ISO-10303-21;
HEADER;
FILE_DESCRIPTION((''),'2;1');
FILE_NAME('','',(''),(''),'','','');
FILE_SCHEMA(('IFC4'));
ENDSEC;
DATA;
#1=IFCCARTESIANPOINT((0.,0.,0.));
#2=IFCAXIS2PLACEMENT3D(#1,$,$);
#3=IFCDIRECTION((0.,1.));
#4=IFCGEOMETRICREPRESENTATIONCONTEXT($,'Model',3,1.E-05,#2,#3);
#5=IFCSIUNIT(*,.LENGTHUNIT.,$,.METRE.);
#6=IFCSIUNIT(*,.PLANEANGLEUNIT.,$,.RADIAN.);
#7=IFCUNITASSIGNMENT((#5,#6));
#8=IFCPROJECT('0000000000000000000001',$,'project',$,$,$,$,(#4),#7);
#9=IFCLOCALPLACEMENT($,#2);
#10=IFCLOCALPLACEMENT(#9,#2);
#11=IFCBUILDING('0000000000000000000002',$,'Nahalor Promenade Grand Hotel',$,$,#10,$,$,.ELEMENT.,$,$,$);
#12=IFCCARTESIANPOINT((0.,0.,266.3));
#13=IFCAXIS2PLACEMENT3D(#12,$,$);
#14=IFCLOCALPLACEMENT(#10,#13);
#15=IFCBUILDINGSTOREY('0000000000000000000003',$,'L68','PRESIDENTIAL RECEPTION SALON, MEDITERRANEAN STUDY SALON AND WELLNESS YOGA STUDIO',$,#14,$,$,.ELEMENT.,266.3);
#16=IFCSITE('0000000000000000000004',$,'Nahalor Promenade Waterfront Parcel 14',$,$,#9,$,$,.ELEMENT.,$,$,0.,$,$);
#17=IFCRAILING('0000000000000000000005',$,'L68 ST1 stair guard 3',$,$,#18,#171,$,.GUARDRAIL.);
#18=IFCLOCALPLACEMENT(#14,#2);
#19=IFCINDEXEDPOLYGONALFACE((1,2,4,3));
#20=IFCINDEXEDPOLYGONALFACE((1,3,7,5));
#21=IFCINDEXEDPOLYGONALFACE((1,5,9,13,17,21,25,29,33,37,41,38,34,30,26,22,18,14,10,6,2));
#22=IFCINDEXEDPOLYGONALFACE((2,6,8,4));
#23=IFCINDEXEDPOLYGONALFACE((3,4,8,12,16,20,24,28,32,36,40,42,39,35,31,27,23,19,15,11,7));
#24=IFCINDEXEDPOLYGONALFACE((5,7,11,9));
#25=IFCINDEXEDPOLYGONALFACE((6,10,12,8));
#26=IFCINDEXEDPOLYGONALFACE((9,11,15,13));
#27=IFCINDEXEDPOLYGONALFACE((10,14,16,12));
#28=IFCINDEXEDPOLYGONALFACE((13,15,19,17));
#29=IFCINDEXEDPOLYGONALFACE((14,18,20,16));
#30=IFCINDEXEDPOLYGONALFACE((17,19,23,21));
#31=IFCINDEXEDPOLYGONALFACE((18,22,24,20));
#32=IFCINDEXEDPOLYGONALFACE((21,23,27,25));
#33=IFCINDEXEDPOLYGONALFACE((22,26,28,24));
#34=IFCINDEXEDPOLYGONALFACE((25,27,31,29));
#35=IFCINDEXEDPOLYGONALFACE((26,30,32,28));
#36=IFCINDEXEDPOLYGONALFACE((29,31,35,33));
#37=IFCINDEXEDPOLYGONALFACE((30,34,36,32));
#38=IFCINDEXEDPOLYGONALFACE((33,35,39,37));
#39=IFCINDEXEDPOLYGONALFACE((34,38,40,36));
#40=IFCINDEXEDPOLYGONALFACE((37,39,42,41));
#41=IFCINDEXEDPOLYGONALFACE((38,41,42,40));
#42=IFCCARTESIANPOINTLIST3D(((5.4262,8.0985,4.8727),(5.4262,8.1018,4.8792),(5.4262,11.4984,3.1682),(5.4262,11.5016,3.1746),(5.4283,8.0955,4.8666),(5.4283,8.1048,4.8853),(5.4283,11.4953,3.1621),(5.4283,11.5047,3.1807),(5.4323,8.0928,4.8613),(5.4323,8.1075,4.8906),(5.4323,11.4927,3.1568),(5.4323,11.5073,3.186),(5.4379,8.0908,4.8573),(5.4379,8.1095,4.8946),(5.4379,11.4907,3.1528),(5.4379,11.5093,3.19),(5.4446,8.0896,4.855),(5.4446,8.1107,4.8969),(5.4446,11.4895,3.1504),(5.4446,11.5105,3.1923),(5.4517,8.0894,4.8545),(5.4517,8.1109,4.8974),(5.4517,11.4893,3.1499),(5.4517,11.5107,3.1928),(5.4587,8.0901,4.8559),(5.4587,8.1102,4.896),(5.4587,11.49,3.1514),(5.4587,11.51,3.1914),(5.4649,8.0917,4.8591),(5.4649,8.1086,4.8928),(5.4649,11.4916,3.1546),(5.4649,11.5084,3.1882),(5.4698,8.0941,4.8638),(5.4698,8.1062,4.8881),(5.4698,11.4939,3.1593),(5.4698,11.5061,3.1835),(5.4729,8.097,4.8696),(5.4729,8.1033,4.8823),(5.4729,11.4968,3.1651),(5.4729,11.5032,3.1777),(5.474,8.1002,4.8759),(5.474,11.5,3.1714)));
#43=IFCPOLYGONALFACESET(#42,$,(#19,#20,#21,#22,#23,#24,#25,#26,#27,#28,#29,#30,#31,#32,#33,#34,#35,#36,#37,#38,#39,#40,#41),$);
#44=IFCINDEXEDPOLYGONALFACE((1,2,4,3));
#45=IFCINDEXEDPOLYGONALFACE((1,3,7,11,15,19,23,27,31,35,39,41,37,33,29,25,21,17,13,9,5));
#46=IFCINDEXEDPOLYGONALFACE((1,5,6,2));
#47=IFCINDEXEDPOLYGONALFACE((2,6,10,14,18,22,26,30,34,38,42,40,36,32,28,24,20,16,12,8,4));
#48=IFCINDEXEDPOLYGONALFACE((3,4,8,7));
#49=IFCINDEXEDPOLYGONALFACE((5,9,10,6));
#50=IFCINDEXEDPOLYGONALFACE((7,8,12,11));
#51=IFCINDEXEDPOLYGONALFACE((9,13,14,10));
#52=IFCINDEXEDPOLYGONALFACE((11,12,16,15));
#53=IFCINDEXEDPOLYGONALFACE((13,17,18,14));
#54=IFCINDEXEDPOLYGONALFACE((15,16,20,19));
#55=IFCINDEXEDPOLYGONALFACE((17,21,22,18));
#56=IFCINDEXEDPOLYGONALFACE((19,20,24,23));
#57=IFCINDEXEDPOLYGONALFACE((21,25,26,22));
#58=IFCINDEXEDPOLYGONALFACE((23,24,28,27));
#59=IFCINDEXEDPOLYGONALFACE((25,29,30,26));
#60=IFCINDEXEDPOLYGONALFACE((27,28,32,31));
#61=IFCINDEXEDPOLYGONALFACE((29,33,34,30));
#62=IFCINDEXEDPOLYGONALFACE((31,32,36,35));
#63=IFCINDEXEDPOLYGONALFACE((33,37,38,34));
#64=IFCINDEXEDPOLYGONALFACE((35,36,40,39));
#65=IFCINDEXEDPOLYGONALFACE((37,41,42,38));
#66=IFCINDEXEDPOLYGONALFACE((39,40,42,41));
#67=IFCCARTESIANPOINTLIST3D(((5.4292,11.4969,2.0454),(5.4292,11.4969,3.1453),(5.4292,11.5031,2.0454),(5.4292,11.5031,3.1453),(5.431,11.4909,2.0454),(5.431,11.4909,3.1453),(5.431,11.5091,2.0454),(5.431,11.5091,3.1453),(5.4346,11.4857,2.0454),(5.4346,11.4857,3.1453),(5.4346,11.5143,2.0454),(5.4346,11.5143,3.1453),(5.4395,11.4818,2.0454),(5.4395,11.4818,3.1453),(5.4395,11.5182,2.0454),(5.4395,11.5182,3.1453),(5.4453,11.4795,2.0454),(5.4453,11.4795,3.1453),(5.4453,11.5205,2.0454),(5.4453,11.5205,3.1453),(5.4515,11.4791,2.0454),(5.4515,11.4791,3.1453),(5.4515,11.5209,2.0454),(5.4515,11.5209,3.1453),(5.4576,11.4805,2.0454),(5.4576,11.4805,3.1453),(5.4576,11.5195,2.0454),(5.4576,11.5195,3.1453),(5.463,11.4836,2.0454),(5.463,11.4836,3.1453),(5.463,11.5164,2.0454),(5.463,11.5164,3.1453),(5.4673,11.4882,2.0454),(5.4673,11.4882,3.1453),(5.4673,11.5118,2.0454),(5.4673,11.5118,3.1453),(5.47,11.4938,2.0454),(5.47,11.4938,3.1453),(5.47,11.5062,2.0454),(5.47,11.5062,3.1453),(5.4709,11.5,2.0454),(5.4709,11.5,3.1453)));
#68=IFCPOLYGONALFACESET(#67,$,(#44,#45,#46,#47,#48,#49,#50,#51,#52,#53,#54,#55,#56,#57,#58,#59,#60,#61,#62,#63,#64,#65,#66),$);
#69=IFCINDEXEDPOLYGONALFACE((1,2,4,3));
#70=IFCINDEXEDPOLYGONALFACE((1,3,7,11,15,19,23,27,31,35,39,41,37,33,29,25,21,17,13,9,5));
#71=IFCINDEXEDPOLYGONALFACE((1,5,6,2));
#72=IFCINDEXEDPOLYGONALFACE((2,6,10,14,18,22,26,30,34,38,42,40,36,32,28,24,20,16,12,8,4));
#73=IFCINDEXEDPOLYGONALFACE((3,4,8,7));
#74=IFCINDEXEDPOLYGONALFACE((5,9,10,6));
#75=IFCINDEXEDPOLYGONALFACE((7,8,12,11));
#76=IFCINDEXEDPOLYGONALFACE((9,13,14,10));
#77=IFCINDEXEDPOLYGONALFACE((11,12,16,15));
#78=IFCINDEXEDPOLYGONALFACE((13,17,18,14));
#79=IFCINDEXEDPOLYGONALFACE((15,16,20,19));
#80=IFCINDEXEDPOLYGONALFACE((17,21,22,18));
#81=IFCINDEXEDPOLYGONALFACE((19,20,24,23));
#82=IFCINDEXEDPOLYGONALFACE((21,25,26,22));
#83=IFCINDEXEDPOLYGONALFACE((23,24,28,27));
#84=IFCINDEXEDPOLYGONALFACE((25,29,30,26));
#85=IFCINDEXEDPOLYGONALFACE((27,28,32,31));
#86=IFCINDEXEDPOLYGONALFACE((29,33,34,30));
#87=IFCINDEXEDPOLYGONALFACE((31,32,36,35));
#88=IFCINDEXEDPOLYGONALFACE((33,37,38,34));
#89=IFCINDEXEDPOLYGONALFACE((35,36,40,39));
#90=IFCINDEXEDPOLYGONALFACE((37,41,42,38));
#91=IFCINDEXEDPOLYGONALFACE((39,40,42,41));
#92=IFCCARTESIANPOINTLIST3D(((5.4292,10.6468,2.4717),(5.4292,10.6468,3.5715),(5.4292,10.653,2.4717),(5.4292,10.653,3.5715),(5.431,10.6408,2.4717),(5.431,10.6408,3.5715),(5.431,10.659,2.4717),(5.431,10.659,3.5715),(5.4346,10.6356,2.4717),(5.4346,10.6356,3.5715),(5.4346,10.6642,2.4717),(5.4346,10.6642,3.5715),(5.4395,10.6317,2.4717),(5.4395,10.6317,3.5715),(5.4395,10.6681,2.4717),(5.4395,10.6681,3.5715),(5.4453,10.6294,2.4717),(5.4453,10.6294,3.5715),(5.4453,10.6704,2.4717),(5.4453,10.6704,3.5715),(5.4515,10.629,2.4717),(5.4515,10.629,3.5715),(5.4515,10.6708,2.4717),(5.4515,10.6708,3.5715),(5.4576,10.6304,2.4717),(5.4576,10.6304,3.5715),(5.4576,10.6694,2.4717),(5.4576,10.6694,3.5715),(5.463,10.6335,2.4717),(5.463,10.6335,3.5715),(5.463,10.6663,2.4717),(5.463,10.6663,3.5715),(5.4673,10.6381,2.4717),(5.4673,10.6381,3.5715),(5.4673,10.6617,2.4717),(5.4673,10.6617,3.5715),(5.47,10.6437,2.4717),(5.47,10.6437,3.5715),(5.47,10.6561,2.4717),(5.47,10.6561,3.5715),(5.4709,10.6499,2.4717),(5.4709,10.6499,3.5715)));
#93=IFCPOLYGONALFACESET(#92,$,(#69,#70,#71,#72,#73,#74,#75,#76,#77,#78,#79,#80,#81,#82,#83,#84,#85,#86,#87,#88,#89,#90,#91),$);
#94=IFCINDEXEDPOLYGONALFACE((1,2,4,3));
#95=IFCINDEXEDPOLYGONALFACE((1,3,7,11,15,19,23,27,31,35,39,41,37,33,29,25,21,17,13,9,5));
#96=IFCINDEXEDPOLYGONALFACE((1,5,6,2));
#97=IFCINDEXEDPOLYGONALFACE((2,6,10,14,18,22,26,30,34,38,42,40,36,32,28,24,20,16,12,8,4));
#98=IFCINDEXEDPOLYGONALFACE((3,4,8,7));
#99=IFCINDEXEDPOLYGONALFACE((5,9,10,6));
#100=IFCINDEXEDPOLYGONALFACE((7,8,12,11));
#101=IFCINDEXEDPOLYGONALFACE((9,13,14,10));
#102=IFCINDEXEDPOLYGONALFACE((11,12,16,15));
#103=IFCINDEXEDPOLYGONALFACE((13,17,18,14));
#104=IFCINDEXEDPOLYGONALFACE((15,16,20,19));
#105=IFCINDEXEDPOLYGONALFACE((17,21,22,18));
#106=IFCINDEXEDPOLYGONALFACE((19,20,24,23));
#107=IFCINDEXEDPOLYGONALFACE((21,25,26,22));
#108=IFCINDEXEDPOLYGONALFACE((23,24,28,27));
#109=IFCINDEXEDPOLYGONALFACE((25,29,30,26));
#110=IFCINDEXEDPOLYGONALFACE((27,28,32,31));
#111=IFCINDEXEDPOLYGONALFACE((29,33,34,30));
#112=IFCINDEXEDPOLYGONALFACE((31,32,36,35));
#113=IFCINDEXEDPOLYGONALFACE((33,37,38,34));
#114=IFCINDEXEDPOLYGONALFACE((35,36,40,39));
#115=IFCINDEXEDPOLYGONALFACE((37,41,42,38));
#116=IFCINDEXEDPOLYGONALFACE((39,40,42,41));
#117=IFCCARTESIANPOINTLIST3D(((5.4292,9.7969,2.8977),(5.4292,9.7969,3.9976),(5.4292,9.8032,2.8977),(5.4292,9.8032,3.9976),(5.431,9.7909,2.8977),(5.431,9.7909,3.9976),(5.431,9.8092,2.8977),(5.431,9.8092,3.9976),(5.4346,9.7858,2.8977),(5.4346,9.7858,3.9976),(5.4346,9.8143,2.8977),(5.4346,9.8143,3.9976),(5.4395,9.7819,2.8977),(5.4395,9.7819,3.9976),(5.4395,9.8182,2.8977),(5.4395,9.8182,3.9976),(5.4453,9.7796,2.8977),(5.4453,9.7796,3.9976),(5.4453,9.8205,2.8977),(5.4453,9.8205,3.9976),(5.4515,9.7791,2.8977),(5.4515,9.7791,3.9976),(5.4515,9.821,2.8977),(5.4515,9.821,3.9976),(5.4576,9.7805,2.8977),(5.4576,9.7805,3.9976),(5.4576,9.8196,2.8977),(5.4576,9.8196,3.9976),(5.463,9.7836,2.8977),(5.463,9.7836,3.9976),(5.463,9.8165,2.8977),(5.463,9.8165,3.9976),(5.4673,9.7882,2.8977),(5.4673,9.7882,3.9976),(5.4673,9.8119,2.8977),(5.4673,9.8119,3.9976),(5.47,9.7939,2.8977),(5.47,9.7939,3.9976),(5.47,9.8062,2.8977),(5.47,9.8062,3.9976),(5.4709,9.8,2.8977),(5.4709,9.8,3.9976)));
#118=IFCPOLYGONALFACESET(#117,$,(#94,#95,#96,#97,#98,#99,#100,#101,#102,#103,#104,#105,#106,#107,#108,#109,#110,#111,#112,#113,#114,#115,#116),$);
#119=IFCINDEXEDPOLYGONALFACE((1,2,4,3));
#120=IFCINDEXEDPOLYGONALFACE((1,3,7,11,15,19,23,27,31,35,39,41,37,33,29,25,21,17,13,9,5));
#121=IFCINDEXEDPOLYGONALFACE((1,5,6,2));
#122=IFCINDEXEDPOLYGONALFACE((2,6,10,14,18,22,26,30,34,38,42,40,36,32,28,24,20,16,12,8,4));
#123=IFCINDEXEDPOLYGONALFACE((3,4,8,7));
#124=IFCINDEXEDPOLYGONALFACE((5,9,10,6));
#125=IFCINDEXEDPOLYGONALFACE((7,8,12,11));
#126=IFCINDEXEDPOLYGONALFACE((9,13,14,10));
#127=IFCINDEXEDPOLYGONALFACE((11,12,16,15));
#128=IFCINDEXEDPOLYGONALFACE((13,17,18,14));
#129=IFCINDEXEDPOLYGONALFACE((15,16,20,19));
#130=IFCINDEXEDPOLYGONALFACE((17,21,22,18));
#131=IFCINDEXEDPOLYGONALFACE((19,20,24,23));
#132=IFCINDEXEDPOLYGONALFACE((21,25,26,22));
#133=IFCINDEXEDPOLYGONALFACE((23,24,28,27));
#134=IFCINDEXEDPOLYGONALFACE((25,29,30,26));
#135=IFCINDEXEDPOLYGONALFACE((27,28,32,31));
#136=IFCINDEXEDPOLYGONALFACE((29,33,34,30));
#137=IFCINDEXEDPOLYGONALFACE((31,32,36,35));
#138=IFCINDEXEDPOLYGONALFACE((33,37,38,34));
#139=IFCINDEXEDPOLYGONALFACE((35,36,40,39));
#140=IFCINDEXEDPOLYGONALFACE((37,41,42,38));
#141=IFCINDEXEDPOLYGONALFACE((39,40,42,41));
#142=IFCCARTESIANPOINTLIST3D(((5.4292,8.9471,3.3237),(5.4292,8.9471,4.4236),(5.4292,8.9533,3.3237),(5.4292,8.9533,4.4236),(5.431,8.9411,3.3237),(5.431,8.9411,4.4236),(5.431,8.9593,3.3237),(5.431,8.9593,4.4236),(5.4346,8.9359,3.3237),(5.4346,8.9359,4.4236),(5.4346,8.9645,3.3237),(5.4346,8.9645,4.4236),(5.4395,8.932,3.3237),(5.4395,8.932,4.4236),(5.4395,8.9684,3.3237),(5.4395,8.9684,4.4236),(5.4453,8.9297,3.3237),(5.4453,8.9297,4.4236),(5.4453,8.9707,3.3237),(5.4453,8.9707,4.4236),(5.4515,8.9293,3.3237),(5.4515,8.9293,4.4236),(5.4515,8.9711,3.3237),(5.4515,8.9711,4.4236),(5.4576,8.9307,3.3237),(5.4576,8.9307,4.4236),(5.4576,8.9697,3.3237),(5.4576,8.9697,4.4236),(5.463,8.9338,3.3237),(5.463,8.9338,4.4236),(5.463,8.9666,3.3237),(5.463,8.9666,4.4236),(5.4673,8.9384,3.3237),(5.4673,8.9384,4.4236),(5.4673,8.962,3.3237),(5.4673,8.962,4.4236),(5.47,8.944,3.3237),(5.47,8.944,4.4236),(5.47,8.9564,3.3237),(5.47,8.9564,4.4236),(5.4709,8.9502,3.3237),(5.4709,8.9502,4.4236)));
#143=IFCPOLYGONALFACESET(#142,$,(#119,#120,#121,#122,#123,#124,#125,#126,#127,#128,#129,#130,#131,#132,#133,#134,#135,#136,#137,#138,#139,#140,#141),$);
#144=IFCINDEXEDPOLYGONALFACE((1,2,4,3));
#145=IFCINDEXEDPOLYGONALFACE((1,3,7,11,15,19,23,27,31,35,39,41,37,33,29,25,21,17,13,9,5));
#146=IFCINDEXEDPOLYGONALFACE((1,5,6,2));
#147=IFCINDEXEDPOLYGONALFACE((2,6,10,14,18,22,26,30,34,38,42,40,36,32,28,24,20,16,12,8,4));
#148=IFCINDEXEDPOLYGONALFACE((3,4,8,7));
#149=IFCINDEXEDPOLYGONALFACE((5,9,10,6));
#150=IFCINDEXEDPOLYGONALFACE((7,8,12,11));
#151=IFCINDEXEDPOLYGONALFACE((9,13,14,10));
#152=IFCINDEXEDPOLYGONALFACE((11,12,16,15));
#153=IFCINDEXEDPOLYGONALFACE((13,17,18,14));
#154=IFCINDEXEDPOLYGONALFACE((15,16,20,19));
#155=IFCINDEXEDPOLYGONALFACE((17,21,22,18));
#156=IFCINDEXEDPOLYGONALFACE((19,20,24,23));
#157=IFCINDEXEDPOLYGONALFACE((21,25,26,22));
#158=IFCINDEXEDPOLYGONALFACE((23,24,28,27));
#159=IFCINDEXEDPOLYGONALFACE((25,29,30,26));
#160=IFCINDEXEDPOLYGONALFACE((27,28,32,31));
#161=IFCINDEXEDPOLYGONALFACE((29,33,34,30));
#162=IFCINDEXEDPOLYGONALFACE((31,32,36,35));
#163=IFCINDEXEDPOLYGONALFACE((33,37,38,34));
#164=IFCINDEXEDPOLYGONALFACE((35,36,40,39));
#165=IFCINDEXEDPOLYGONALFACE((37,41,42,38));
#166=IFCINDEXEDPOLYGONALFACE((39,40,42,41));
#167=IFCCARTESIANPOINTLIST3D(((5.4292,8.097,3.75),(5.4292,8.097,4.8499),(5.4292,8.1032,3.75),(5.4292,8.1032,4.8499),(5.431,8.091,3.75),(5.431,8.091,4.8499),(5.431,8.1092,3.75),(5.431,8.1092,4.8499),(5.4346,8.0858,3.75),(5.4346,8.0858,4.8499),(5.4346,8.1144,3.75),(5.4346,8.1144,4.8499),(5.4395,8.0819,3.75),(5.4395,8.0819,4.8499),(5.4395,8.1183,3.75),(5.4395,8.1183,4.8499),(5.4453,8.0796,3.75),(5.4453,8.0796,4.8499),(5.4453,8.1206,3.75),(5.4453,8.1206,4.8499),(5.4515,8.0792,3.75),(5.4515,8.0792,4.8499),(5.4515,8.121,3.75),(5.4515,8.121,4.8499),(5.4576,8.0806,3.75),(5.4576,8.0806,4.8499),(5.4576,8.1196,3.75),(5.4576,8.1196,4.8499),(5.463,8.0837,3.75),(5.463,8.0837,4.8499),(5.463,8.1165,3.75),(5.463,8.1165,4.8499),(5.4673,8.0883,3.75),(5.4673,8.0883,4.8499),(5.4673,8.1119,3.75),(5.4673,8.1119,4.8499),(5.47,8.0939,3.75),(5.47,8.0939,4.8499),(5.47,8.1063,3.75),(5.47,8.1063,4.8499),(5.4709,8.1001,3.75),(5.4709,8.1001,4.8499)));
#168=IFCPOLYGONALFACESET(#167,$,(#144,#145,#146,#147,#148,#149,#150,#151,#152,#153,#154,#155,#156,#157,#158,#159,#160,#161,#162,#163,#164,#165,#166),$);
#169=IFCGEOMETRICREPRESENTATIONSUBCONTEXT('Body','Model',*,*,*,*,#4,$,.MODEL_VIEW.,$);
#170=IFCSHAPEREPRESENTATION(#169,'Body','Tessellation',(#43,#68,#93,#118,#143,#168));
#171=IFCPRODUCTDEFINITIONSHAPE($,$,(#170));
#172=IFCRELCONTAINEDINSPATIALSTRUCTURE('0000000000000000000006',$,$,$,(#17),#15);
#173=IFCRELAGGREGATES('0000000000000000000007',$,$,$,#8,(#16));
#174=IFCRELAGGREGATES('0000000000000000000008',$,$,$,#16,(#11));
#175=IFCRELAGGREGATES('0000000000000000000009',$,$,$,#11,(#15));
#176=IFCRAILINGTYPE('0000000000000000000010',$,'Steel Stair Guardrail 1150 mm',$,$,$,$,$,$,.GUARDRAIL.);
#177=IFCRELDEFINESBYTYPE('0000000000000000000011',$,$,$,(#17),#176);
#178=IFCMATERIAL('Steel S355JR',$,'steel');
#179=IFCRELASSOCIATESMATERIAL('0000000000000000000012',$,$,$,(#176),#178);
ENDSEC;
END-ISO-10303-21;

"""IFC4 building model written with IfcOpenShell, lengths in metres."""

from ifc_helpers import new_model, si_unit, direction, frame, origin, origin_2d, place, context, subcontext, project, spatial, circle, extrude, material, type_object, element, save


model = new_model("IFC4")

# Units and contexts
model_context = context("Model", 3, precision=1e-05, world=origin(), true_north=direction((0.0, 1.0)))
body_context = subcontext(model_context, "Body", "Model", "MODEL_VIEW")
ifc_project = project(units=[si_unit("LENGTHUNIT", "METRE"), si_unit("PLANEANGLEUNIT", "RADIAN")], contexts=[model_context])

# Site, building, storey
site_placement = place(None, origin())
site = spatial("IfcSite", under=ifc_project, at=site_placement, Name="Nahalor Promenade Waterfront Parcel 14", CompositionType="ELEMENT", RefElevation=0.0)
building_placement = place(site_placement, origin())
building = spatial("IfcBuilding", under=site, at=building_placement, Name="Nahalor Promenade Grand Hotel", CompositionType="ELEMENT")
storey_placement = place(building_placement, frame((0.0, 0.0, 266.3)))
storey = spatial("IfcBuildingStorey", under=building, at=storey_placement, Name="L68", Description="PRESIDENTIAL RECEPTION SALON, MEDITERRANEAN STUDY SALON AND WELLNESS YOGA STUDIO", CompositionType="ELEMENT", Elevation=266.3)

# Shared definitions
ifc_material_1 = material(Name="Steel S355JR", Category="steel")

# Railing
railing_type = type_object("IfcRailingType", Name="Steel Stair Guardrail 1150 mm", PredefinedType="GUARDRAIL", material=ifc_material_1)
railing_1_placement = place(storey_placement, frame((5.45, 11.5, 2.0454)))
element("IfcRailing", 1, at=railing_1_placement, inside=storey, type_object=railing_type, Name="L68 ST1 stair guard 3", PredefinedType="GUARDRAIL", context=body_context, shape_type="SweptSolid", body=[
    extrude(circle(Radius=0.024, at=origin_2d()), frame((0.0, 0.0, 1.126), z_axis=(0.0, -0.893939, 0.448189), x_axis=(1.0, 0.0, 0.0)), (0.0, 0.0, 1.0), 3.8032),
    extrude(circle(Radius=0.021, at=origin_2d()), origin(), (0.0, 0.0, 1.0), 1.0999),
    extrude(circle(Radius=0.021, at=origin_2d()), frame((0.0, -0.8501, 0.4263)), (0.0, 0.0, 1.0), 1.0999),
    extrude(circle(Radius=0.021, at=origin_2d()), frame((0.0, -1.7, 0.8523)), (0.0, 0.0, 1.0), 1.0999),
    extrude(circle(Radius=0.021, at=origin_2d()), frame((0.0, -2.5498, 1.2783)), (0.0, 0.0, 1.0), 1.0999),
    extrude(circle(Radius=0.021, at=origin_2d()), frame((0.0, -3.3999, 1.7046)), (0.0, 0.0, 1.0), 1.0999),
])

save(model, "model.ifc")
